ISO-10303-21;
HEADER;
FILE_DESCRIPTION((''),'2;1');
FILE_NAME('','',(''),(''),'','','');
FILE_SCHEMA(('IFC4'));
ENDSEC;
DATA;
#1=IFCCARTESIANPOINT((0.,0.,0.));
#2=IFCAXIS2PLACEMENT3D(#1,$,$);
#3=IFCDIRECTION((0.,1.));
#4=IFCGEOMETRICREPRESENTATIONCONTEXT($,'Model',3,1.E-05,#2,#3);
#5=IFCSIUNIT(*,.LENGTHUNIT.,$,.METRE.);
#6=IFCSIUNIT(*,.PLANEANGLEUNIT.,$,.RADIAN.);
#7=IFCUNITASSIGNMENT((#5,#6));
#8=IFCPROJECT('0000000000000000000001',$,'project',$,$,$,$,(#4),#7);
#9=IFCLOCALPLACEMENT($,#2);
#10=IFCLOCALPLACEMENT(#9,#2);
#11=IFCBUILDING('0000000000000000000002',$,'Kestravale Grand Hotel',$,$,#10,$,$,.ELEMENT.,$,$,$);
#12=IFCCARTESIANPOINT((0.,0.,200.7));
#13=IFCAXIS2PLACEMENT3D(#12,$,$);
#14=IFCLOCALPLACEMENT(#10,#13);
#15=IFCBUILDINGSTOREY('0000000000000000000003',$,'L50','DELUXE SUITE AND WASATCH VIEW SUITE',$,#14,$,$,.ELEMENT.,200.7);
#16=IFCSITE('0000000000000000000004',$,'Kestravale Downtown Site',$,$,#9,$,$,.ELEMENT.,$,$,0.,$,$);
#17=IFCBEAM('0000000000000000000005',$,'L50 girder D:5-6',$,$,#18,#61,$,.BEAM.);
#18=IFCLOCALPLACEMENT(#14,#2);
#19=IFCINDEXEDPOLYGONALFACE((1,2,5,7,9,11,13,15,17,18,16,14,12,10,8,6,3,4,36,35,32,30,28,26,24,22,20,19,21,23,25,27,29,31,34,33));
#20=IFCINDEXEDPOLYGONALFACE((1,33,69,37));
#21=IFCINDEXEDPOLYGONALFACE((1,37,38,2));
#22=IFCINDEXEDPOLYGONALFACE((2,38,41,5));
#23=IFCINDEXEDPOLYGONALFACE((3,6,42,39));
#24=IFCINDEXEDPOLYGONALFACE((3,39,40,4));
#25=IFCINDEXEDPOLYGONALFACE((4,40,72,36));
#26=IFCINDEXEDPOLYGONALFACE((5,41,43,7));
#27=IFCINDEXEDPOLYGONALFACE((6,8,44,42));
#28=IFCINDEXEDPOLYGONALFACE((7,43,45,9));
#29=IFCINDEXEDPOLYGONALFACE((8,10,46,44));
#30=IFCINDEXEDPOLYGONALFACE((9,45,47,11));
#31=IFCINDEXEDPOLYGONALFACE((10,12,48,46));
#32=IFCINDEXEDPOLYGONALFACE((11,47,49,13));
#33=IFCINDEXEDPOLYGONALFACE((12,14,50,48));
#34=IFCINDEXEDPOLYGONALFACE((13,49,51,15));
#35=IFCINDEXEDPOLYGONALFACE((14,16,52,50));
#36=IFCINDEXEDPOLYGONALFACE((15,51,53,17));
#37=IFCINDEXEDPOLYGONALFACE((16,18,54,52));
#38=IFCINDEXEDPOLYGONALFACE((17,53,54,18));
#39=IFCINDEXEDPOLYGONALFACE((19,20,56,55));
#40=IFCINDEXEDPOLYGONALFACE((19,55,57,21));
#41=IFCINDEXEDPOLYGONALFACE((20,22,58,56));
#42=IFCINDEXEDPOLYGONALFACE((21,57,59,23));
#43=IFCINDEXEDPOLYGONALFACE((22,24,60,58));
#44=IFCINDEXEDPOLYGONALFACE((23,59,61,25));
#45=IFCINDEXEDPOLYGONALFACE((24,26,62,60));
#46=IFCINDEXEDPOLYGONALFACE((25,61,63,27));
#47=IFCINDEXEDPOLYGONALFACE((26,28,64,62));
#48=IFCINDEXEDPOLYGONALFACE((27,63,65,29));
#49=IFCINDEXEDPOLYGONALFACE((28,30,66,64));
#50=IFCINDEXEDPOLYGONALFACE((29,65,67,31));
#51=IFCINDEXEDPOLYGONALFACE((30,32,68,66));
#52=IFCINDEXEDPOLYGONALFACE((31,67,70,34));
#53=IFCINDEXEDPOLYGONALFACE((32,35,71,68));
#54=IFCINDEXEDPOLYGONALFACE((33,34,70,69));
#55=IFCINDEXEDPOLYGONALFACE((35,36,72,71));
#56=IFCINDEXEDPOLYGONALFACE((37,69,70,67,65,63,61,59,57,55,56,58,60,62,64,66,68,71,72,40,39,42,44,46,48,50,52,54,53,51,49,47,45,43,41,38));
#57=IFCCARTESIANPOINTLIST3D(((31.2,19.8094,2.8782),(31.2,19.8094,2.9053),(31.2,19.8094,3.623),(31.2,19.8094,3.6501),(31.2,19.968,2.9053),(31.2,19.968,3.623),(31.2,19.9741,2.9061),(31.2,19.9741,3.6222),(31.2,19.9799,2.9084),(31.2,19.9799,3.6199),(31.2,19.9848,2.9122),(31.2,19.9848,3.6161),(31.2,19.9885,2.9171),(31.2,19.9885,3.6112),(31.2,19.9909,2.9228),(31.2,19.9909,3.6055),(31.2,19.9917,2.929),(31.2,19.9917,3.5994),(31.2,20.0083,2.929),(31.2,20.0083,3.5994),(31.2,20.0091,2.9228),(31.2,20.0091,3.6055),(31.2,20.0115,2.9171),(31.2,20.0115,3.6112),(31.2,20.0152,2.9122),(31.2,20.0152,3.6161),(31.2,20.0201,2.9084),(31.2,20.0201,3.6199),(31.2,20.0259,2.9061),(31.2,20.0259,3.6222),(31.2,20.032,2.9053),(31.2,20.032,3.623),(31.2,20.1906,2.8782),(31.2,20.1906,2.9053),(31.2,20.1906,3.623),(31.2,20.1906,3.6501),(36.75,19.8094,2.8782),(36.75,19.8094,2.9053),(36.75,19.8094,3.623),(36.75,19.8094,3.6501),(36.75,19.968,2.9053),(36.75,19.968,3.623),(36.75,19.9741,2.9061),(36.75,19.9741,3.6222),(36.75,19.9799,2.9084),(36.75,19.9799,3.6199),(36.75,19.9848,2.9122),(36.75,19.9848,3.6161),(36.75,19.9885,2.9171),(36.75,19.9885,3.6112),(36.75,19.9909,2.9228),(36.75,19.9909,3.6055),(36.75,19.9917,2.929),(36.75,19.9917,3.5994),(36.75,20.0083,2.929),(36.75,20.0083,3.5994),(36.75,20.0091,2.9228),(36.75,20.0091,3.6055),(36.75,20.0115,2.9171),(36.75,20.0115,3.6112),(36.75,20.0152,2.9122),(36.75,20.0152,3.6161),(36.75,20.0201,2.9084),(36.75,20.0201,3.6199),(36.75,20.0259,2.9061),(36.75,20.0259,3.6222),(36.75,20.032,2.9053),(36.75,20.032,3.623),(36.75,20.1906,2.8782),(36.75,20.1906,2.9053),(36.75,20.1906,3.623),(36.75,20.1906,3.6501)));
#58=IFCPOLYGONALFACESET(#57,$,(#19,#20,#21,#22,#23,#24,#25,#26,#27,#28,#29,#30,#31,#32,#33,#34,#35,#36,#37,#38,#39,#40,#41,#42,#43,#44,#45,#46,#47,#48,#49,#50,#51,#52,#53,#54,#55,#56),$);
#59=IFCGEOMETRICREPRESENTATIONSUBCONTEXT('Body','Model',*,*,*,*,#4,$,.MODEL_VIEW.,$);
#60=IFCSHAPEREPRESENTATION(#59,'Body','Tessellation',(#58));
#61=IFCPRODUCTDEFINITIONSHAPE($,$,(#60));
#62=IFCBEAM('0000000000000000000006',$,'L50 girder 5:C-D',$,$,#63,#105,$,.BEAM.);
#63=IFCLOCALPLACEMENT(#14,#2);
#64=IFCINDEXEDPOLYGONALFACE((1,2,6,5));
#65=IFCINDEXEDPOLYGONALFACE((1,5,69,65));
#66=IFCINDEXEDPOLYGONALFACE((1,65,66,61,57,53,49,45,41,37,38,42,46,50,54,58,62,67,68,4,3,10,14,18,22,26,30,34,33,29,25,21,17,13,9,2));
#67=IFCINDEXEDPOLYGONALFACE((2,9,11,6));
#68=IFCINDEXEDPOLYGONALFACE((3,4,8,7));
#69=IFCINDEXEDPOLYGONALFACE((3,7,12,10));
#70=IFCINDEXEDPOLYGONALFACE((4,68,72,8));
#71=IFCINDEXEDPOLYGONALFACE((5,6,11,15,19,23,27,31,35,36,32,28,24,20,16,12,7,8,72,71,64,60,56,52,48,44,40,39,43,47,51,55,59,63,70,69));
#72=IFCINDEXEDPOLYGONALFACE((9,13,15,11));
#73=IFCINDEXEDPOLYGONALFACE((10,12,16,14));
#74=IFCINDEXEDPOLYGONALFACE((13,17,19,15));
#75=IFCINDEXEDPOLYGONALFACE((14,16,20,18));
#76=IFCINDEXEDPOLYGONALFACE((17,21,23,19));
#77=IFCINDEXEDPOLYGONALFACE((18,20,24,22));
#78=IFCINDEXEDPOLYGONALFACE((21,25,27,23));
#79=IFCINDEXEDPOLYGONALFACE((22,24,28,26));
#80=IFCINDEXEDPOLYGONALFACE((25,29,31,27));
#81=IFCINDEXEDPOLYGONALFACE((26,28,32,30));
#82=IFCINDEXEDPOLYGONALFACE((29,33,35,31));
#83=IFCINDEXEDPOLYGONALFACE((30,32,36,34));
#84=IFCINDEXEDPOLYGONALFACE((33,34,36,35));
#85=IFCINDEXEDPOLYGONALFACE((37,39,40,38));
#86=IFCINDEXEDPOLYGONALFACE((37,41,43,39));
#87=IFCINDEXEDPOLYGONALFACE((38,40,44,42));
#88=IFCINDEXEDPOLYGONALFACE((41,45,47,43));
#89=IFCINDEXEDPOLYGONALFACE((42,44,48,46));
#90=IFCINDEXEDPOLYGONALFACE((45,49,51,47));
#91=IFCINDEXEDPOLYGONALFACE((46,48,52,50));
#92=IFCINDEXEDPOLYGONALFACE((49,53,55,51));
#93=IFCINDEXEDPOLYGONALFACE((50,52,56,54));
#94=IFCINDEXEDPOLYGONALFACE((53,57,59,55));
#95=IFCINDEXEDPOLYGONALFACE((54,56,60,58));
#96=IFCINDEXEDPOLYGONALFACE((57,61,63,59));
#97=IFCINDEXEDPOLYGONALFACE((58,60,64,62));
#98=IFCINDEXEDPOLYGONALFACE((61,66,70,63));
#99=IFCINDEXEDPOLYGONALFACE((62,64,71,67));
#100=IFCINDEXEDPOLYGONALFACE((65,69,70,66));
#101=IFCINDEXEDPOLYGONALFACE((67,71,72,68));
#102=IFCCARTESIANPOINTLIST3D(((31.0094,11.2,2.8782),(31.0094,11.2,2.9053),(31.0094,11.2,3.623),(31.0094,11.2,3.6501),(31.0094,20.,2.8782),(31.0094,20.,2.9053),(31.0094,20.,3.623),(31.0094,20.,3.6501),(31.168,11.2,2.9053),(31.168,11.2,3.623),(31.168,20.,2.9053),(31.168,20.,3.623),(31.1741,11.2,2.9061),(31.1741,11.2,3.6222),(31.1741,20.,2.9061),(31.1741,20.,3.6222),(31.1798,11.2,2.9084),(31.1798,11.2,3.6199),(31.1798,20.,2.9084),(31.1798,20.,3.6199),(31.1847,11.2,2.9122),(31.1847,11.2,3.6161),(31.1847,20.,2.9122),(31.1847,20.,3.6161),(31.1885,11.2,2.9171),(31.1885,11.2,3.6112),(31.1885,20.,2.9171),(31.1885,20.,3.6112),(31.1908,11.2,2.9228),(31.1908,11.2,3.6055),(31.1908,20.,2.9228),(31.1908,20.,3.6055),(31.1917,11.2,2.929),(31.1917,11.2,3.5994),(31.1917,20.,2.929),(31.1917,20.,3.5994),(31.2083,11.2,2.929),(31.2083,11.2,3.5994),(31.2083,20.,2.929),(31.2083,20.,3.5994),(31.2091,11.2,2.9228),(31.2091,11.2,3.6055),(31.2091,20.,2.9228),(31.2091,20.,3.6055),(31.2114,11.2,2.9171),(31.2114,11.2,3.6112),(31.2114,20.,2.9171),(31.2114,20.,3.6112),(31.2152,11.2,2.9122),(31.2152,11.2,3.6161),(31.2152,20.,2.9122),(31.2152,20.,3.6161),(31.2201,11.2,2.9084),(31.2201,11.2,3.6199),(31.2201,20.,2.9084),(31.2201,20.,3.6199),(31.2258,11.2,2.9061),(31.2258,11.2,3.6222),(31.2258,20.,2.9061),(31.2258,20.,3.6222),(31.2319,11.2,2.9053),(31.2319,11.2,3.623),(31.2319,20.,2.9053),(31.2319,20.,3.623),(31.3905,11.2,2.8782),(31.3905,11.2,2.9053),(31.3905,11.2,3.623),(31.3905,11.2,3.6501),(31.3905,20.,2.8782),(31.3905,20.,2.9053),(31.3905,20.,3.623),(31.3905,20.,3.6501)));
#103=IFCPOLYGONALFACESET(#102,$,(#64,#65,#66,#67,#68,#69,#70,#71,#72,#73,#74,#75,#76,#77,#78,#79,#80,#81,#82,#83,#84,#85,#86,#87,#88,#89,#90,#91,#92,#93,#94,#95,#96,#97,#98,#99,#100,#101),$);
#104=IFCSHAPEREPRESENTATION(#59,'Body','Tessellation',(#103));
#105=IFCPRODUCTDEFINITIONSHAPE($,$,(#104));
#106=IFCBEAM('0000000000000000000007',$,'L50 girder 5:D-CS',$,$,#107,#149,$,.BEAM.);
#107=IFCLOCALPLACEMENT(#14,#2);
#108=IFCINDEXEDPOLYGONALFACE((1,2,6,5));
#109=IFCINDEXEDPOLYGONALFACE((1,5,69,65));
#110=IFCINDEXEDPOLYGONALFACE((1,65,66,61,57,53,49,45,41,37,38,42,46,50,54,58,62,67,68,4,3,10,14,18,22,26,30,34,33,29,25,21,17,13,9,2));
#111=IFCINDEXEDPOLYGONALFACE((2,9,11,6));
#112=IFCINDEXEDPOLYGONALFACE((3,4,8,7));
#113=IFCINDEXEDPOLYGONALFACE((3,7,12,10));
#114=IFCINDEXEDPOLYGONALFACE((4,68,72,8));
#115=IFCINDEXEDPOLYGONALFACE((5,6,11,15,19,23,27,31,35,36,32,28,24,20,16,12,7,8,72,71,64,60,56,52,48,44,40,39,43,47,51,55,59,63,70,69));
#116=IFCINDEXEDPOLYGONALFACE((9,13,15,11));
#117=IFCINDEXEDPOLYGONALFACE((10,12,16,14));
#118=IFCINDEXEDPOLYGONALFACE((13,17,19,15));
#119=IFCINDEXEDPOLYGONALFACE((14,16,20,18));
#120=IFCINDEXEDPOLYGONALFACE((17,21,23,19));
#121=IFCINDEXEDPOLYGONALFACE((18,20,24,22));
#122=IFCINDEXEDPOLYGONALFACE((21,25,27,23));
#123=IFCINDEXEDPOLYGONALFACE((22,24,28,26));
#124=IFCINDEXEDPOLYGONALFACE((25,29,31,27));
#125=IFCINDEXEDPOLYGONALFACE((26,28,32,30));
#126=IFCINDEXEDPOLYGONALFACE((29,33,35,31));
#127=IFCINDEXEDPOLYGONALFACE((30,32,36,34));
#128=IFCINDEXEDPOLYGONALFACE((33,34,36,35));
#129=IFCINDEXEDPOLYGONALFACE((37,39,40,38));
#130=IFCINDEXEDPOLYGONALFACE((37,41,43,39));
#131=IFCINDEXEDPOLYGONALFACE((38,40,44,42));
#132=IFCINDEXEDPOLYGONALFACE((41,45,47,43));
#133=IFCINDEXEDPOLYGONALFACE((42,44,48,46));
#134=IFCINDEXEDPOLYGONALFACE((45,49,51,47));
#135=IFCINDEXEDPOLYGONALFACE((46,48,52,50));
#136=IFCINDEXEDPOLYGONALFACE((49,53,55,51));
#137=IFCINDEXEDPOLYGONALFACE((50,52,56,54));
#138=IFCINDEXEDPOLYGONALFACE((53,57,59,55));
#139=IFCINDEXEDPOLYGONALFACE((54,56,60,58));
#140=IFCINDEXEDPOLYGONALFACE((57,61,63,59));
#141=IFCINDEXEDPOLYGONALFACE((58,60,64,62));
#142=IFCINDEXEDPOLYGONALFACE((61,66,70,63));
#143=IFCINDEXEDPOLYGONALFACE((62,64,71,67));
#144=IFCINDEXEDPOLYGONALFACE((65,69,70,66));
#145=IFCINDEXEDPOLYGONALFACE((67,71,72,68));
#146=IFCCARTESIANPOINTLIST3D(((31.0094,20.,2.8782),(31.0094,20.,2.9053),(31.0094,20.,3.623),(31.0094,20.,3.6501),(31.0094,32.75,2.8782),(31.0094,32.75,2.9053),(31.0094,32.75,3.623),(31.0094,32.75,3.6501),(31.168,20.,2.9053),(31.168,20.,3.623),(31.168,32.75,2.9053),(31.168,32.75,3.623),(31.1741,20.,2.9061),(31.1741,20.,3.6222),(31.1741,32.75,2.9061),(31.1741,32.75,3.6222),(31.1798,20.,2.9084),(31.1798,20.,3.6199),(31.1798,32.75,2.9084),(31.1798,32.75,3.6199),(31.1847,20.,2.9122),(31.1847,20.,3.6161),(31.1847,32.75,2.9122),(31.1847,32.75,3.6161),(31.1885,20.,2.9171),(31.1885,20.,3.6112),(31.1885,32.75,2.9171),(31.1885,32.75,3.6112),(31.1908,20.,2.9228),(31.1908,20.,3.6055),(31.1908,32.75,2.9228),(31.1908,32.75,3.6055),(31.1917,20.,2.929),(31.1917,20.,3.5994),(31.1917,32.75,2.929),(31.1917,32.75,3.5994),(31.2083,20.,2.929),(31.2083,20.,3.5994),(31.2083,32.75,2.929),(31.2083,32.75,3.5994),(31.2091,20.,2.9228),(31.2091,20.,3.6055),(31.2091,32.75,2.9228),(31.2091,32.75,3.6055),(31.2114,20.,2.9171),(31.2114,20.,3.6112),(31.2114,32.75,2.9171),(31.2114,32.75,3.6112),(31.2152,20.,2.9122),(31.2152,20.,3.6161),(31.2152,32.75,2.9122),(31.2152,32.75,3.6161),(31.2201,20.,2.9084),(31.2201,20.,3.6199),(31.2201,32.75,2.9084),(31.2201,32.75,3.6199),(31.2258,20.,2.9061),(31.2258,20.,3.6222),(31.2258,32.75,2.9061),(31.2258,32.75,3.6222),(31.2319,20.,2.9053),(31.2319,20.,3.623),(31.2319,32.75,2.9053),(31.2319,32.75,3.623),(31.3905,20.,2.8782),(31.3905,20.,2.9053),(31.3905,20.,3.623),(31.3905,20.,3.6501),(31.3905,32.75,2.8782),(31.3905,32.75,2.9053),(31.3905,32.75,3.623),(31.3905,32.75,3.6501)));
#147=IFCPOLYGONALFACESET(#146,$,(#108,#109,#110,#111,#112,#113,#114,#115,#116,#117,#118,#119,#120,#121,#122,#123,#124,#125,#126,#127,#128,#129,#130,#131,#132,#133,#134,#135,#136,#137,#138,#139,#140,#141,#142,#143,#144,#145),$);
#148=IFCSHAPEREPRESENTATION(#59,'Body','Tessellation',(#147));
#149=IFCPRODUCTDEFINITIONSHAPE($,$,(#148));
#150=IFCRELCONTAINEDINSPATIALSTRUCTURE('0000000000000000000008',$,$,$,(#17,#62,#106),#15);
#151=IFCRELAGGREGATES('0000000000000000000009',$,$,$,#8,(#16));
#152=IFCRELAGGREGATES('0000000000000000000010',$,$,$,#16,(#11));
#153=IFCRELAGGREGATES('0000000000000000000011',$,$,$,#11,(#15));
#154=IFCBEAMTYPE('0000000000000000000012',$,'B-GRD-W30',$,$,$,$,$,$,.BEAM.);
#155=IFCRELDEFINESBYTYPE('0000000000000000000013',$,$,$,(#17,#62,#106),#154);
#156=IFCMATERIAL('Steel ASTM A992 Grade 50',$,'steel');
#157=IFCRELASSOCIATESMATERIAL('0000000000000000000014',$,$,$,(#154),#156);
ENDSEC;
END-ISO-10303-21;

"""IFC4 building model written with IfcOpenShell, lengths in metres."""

from ifc_helpers import new_model, si_unit, direction, frame, origin, origin_2d, place, context, subcontext, project, spatial, i_section, extrude, material, material_profile, profile_set, type_object, element, save


model = new_model("IFC4")

# Units and contexts
model_context = context("Model", 3, precision=1e-05, world=origin(), true_north=direction((0.0, 1.0)))
body_context = subcontext(model_context, "Body", "Model", "MODEL_VIEW")
ifc_project = project(units=[si_unit("LENGTHUNIT", "METRE"), si_unit("PLANEANGLEUNIT", "RADIAN")], contexts=[model_context])

# Site, building, storey
site_placement = place(None, origin())
site = spatial("IfcSite", under=ifc_project, at=site_placement, Name="Kestravale Downtown Site", CompositionType="ELEMENT", RefElevation=0.0)
building_placement = place(site_placement, origin())
building = spatial("IfcBuilding", under=site, at=building_placement, Name="Kestravale Grand Hotel", CompositionType="ELEMENT")
storey_placement = place(building_placement, frame((0.0, 0.0, 200.7)))
storey = spatial("IfcBuildingStorey", under=building, at=storey_placement, Name="L50", Description="DELUXE SUITE AND WASATCH VIEW SUITE", CompositionType="ELEMENT", Elevation=200.7)

# Beams
ifc_material_1 = material(Name="Steel ASTM A992 Grade 50", Category="steel")
ifc_material_profile_1 = material_profile(ifc_material_1, i_section(OverallWidth=0.3811, OverallDepth=0.772, WebThickness=0.0166, FlangeThickness=0.0271, FilletRadius=0.0237, at=origin_2d()))
ifc_profile_set_1 = profile_set([ifc_material_profile_1], Name="Steel ASTM A992 Grade 50")
beam_type_1 = type_object("IfcBeamType", Name="B-GRD-W30", PredefinedType="BEAM", material=ifc_profile_set_1)
beam_1_placement = place(storey_placement, frame((31.2, 20.0, 3.2642), z_axis=(1.0, 0.0, 0.0), x_axis=(0.0, 1.0, 0.0)))
element("IfcBeam", 1, at=beam_1_placement, inside=storey, type_object=beam_type_1, Name="L50 girder D:5-6", PredefinedType="BEAM", context=body_context, shape_type="SweptSolid", body=[
    extrude(i_section(OverallWidth=0.3811, OverallDepth=0.772, WebThickness=0.0166, FlangeThickness=0.0271, FilletRadius=0.0237, at=origin_2d()), origin(), (0.0, 0.0, 1.0), 5.55),
])
beam_2_placement = place(storey_placement, frame((31.2, 11.2, 3.2642), z_axis=(0.0, 1.0, 0.0), x_axis=(-1.0, 0.0, 0.0)))
element("IfcBeam", 2, at=beam_2_placement, inside=storey, type_object=beam_type_1, Name="L50 girder 5:C-D", PredefinedType="BEAM", context=body_context, shape_type="SweptSolid", body=[
    extrude(i_section(OverallWidth=0.3811, OverallDepth=0.772, WebThickness=0.0166, FlangeThickness=0.0271, FilletRadius=0.0237, at=origin_2d()), origin(), (0.0, 0.0, 1.0), 8.8),
])
beam_3_placement = place(storey_placement, frame((31.2, 20.0, 3.2642), z_axis=(0.0, 1.0, 0.0), x_axis=(-1.0, 0.0, 0.0)))
element("IfcBeam", 3, at=beam_3_placement, inside=storey, type_object=beam_type_1, Name="L50 girder 5:D-CS", PredefinedType="BEAM", context=body_context, shape_type="SweptSolid", body=[
    extrude(i_section(OverallWidth=0.3811, OverallDepth=0.772, WebThickness=0.0166, FlangeThickness=0.0271, FilletRadius=0.0237, at=origin_2d()), origin(), (0.0, 0.0, 1.0), 12.75),
])

save(model, "model.ifc")
